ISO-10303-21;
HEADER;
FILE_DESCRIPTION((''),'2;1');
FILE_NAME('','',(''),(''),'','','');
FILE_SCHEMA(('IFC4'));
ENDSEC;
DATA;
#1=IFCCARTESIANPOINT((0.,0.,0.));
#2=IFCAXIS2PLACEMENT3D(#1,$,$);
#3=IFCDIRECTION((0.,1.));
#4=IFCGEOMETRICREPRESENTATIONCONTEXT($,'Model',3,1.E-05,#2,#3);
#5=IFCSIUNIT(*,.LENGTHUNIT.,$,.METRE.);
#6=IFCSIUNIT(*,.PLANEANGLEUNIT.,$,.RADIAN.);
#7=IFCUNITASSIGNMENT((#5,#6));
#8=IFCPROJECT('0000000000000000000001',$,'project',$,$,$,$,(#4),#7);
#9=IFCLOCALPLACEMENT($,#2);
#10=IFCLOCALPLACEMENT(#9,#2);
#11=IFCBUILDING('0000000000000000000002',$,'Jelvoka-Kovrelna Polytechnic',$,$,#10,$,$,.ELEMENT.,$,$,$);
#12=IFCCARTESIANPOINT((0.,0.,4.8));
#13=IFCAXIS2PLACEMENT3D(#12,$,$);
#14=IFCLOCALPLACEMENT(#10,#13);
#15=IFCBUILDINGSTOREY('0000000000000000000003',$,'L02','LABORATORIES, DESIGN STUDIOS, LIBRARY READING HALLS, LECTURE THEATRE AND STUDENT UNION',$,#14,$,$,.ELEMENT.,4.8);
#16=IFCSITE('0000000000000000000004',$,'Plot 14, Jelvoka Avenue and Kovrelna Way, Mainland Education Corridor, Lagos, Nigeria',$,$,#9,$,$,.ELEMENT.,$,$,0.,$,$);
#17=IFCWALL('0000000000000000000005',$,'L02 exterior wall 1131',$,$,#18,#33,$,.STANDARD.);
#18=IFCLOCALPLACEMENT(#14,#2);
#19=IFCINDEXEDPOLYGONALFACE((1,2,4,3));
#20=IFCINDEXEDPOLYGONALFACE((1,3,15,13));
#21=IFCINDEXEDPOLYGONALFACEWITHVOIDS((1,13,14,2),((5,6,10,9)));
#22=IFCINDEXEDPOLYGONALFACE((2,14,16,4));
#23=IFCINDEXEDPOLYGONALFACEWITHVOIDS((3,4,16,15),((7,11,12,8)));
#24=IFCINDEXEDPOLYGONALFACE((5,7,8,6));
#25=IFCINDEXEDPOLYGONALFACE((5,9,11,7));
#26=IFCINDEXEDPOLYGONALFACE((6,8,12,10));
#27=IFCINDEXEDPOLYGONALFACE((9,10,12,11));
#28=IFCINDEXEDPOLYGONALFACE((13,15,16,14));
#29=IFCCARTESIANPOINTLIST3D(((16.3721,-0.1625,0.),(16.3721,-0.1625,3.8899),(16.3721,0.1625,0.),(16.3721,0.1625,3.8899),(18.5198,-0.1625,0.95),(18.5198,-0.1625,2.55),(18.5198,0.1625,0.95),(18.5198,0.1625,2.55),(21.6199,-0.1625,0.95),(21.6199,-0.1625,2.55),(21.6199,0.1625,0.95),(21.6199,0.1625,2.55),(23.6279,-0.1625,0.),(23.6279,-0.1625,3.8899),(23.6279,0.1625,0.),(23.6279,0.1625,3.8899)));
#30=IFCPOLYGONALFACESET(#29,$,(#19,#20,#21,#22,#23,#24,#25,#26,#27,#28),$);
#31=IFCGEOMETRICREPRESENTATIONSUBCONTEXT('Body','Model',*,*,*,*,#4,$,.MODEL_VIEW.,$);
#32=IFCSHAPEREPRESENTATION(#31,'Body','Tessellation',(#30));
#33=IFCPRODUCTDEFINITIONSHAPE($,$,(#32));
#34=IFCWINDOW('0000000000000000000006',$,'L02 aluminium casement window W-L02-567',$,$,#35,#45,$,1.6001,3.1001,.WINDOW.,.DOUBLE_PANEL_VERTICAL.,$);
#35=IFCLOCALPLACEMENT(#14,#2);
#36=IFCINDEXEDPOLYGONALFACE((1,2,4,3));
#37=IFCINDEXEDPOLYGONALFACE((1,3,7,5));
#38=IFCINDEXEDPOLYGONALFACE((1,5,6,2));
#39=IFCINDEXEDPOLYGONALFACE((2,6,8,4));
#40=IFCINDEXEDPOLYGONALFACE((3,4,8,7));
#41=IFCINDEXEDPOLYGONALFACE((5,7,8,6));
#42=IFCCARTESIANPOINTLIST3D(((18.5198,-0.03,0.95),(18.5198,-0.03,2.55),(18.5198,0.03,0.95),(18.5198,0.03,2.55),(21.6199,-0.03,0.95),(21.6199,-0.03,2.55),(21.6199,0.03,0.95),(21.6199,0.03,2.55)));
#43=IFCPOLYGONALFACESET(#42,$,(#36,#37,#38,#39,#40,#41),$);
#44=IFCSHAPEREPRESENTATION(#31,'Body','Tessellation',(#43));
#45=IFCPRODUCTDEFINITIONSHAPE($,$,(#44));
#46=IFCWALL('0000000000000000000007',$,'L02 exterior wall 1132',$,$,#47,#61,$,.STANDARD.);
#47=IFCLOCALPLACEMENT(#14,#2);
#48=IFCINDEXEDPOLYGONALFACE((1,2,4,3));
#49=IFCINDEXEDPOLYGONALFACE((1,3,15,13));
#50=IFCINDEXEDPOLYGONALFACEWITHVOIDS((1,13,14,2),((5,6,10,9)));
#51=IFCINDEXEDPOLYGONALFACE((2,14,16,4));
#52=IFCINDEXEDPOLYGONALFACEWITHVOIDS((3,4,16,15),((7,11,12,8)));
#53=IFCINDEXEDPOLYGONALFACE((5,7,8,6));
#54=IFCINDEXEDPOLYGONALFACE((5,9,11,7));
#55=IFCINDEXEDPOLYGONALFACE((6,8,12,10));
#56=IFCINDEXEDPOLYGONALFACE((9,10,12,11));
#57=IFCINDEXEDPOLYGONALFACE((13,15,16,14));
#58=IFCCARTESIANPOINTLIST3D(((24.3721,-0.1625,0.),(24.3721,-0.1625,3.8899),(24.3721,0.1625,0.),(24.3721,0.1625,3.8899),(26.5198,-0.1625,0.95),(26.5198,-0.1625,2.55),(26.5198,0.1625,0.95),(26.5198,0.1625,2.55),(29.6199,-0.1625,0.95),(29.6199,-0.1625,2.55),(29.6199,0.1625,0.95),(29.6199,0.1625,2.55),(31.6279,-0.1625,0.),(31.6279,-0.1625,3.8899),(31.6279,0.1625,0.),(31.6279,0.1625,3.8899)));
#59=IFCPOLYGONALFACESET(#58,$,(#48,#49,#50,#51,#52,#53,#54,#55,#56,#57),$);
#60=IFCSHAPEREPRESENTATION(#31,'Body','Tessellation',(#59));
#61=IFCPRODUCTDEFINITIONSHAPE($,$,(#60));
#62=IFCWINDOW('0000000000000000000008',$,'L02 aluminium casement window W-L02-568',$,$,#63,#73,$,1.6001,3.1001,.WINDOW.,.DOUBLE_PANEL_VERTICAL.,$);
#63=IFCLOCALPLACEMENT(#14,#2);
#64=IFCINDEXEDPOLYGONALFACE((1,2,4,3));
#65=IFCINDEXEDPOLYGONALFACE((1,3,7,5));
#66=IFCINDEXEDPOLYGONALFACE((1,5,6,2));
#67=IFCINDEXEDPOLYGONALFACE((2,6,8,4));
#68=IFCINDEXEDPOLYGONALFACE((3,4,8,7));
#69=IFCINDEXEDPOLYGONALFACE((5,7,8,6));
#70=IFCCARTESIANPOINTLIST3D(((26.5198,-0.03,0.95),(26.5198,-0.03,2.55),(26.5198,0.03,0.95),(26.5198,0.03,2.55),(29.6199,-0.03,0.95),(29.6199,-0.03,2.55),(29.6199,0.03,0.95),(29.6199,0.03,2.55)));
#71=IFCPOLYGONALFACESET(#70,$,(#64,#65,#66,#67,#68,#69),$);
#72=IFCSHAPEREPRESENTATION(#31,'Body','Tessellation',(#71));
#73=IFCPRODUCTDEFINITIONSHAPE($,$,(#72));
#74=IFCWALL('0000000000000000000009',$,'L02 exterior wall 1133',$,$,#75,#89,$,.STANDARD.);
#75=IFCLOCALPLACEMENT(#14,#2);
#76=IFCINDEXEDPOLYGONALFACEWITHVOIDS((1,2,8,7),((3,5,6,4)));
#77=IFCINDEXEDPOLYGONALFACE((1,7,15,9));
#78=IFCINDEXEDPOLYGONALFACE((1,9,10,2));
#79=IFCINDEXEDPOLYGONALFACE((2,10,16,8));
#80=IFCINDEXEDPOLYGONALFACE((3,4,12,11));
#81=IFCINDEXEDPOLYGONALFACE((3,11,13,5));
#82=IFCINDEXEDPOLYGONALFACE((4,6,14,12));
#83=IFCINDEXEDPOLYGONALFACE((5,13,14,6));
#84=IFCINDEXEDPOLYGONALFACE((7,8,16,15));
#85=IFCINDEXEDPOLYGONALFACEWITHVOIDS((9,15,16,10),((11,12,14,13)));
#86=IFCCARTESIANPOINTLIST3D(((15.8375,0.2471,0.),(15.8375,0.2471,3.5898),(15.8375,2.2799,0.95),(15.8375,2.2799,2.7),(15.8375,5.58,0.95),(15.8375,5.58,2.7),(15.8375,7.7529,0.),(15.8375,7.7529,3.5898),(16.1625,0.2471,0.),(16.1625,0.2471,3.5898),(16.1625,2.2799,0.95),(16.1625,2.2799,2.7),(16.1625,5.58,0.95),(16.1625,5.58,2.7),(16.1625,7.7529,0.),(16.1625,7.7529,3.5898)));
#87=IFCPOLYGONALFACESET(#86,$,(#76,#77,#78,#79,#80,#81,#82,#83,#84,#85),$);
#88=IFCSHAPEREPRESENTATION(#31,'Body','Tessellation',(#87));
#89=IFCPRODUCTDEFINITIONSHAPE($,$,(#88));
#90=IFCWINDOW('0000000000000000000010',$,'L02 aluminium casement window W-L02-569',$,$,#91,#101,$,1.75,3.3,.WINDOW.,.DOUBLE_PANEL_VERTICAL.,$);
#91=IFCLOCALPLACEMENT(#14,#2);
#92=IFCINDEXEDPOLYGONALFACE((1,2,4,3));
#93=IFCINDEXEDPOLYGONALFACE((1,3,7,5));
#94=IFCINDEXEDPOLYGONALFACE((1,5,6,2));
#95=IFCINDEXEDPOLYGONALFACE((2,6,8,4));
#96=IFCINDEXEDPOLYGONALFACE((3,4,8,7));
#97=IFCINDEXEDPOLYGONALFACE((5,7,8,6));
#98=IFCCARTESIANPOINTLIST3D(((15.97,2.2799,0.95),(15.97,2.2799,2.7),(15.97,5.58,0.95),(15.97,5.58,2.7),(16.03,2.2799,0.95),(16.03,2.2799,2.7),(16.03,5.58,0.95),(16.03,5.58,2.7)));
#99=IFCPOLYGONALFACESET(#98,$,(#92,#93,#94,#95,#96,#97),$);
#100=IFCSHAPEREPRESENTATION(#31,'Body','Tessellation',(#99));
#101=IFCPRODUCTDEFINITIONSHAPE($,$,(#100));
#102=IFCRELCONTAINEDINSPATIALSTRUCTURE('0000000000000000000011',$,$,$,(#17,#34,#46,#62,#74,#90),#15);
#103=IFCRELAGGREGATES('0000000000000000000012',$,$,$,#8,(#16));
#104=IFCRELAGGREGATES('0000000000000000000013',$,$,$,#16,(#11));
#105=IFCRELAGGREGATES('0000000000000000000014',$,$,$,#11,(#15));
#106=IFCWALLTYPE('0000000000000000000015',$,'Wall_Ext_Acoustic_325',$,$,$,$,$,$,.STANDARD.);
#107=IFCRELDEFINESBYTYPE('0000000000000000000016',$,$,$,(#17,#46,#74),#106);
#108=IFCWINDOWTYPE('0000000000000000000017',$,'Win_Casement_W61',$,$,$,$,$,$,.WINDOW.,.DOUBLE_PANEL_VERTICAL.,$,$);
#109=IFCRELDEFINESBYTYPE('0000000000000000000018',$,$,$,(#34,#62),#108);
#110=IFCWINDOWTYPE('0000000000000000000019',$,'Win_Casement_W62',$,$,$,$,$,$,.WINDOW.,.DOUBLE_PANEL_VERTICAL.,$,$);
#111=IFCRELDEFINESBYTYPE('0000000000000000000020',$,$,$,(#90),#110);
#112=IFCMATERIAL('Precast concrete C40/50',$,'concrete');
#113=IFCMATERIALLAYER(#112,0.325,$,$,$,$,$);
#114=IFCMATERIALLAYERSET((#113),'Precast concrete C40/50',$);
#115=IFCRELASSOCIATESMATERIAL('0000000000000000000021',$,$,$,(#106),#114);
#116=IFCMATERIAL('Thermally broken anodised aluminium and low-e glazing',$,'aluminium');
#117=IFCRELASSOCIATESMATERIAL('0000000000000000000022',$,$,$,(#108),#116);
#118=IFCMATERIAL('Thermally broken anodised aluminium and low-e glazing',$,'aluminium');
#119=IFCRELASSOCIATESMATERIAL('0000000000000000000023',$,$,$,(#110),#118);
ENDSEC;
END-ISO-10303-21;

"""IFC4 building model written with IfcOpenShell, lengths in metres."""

from ifc_helpers import new_model, si_unit, direction, frame, frame_2d, origin, place, context, subcontext, project, spatial, rectangle, extrude, material, layer, layer_set, type_object, element, fill, save


model = new_model("IFC4")

# Units and contexts
model_context = context("Model", 3, precision=1e-05, world=origin(), true_north=direction((0.0, 1.0)))
body_context = subcontext(model_context, "Body", "Model", "MODEL_VIEW")
ifc_project = project(units=[si_unit("LENGTHUNIT", "METRE"), si_unit("PLANEANGLEUNIT", "RADIAN")], contexts=[model_context])

# Site, building, storey
site_placement = place(None, origin())
site = spatial("IfcSite", under=ifc_project, at=site_placement, Name="Plot 14, Jelvoka Avenue and Kovrelna Way, Mainland Education Corridor, Lagos, Nigeria", CompositionType="ELEMENT", RefElevation=0.0)
building_placement = place(site_placement, origin())
building = spatial("IfcBuilding", under=site, at=building_placement, Name="Jelvoka-Kovrelna Polytechnic", CompositionType="ELEMENT")
storey_placement = place(building_placement, frame((0.0, 0.0, 4.8)))
storey = spatial("IfcBuildingStorey", under=building, at=storey_placement, Name="L02", Description="LABORATORIES, DESIGN STUDIOS, LIBRARY READING HALLS, LECTURE THEATRE AND STUDENT UNION", CompositionType="ELEMENT", Elevation=4.8)

# Walls, openings, windows
ifc_material_1 = material(Name="Precast concrete C40/50", Category="concrete")
ifc_layer_1 = layer(ifc_material_1, 0.325)
ifc_layer_set_1 = layer_set([ifc_layer_1], Name="Precast concrete C40/50")
wall_type_1 = type_object("IfcWallType", Name="Wall_Ext_Acoustic_325", PredefinedType="STANDARD", material=ifc_layer_set_1)
wall_1_placement = place(storey_placement, frame((23.6279, 0.0, 0.0), z_axis=(0.0, 0.0, 1.0), x_axis=(-1.0, 0.0, 0.0)))
wall_1 = element("IfcWall", 1, at=wall_1_placement, inside=storey, type_object=wall_type_1, Name="L02 exterior wall 1131", PredefinedType="STANDARD", context=body_context, shape_type="SweptSolid", body=[
    extrude(rectangle(XDim=7.2559, YDim=0.325, at=frame_2d((3.6279, 0.0))), origin(), (0.0, 0.0, 1.0), 3.8899),
])
opening_1_placement = place(wall_1_placement, frame((2.0081, 0.0, 0.95)))
opening_1 = element("IfcOpeningElement", 2, at=opening_1_placement, cuts=wall_1, PredefinedType="OPENING", context=body_context, shape_type="SweptSolid", body=[
    extrude(rectangle(XDim=3.1001, YDim=1.6001, at=frame_2d((1.55, 0.8))), frame((0.0, 0.1726, 0.0), z_axis=(0.0, -1.0, 0.0), x_axis=(1.0, 0.0, 0.0)), (0.0, 0.0, 1.0), 0.345),
])
ifc_material_2 = material(Name="Thermally broken anodised aluminium and low-e glazing", Category="aluminium")
window_type_1 = type_object("IfcWindowType", Name="Win_Casement_W61", PartitioningType="DOUBLE_PANEL_VERTICAL", PredefinedType="WINDOW", material=ifc_material_2)
window_1_placement = place(opening_1_placement, origin())
window_1 = element("IfcWindow", 3, at=window_1_placement, inside=storey, type_object=window_type_1, Name="L02 aluminium casement window W-L02-567", OverallHeight=1.6001, OverallWidth=3.1001, PartitioningType="DOUBLE_PANEL_VERTICAL", PredefinedType="WINDOW", context=body_context, shape_type="SweptSolid", body=[
    extrude(rectangle(XDim=3.1001, YDim=1.6001, at=frame_2d((1.55, 0.8))), frame((0.0, 0.03, 0.0), z_axis=(0.0, -1.0, 0.0), x_axis=(1.0, 0.0, 0.0)), (0.0, 0.0, 1.0), 0.0601),
])
fill(opening_1, window_1)
wall_2_placement = place(storey_placement, frame((31.6279, 0.0, 0.0), z_axis=(0.0, 0.0, 1.0), x_axis=(-1.0, 0.0, 0.0)))
wall_2 = element("IfcWall", 4, at=wall_2_placement, inside=storey, type_object=wall_type_1, Name="L02 exterior wall 1132", PredefinedType="STANDARD", context=body_context, shape_type="SweptSolid", body=[
    extrude(rectangle(XDim=7.2559, YDim=0.325, at=frame_2d((3.6279, 0.0))), origin(), (0.0, 0.0, 1.0), 3.8899),
])
opening_2_placement = place(wall_2_placement, frame((2.0081, 0.0, 0.95)))
opening_2 = element("IfcOpeningElement", 5, at=opening_2_placement, cuts=wall_2, PredefinedType="OPENING", context=body_context, shape_type="SweptSolid", body=[
    extrude(rectangle(XDim=3.1001, YDim=1.6001, at=frame_2d((1.55, 0.8))), frame((0.0, 0.1726, 0.0), z_axis=(0.0, -1.0, 0.0), x_axis=(1.0, 0.0, 0.0)), (0.0, 0.0, 1.0), 0.345),
])
window_2_placement = place(opening_2_placement, origin())
window_2 = element("IfcWindow", 6, at=window_2_placement, inside=storey, type_object=window_type_1, Name="L02 aluminium casement window W-L02-568", OverallHeight=1.6001, OverallWidth=3.1001, PartitioningType="DOUBLE_PANEL_VERTICAL", PredefinedType="WINDOW", context=body_context, shape_type="SweptSolid", body=[
    extrude(rectangle(XDim=3.1001, YDim=1.6001, at=frame_2d((1.55, 0.8))), frame((0.0, 0.03, 0.0), z_axis=(0.0, -1.0, 0.0), x_axis=(1.0, 0.0, 0.0)), (0.0, 0.0, 1.0), 0.0601),
])
fill(opening_2, window_2)
wall_3_placement = place(storey_placement, frame((16.0, 0.2471, 0.0), z_axis=(0.0, 0.0, 1.0), x_axis=(0.0, 1.0, 0.0)))
wall_3 = element("IfcWall", 7, at=wall_3_placement, inside=storey, type_object=wall_type_1, Name="L02 exterior wall 1133", PredefinedType="STANDARD", context=body_context, shape_type="SweptSolid", body=[
    extrude(rectangle(XDim=7.5059, YDim=0.325, at=frame_2d((3.7529, 0.0))), origin(), (0.0, 0.0, 1.0), 3.5898),
])
opening_3_placement = place(wall_3_placement, frame((2.033, 0.0, 0.95)))
opening_3 = element("IfcOpeningElement", 8, at=opening_3_placement, cuts=wall_3, PredefinedType="OPENING", context=body_context, shape_type="SweptSolid", body=[
    extrude(rectangle(XDim=3.3, YDim=1.75, at=frame_2d((1.6499, 0.875))), frame((0.0, 0.1726, 0.0), z_axis=(0.0, -1.0, 0.0), x_axis=(1.0, 0.0, 0.0)), (0.0, 0.0, 1.0), 0.345),
])
ifc_material_3 = material(Name="Thermally broken anodised aluminium and low-e glazing", Category="aluminium")
window_type_2 = type_object("IfcWindowType", Name="Win_Casement_W62", PartitioningType="DOUBLE_PANEL_VERTICAL", PredefinedType="WINDOW", material=ifc_material_3)
window_3_placement = place(opening_3_placement, origin())
window_3 = element("IfcWindow", 9, at=window_3_placement, inside=storey, type_object=window_type_2, Name="L02 aluminium casement window W-L02-569", OverallHeight=1.75, OverallWidth=3.3, PartitioningType="DOUBLE_PANEL_VERTICAL", PredefinedType="WINDOW", context=body_context, shape_type="SweptSolid", body=[
    extrude(rectangle(XDim=3.3, YDim=1.75, at=frame_2d((1.6499, 0.875))), frame((0.0, 0.03, 0.0), z_axis=(0.0, -1.0, 0.0), x_axis=(1.0, 0.0, 0.0)), (0.0, 0.0, 1.0), 0.0601),
])
fill(opening_3, window_3)

save(model, "model.ifc")
